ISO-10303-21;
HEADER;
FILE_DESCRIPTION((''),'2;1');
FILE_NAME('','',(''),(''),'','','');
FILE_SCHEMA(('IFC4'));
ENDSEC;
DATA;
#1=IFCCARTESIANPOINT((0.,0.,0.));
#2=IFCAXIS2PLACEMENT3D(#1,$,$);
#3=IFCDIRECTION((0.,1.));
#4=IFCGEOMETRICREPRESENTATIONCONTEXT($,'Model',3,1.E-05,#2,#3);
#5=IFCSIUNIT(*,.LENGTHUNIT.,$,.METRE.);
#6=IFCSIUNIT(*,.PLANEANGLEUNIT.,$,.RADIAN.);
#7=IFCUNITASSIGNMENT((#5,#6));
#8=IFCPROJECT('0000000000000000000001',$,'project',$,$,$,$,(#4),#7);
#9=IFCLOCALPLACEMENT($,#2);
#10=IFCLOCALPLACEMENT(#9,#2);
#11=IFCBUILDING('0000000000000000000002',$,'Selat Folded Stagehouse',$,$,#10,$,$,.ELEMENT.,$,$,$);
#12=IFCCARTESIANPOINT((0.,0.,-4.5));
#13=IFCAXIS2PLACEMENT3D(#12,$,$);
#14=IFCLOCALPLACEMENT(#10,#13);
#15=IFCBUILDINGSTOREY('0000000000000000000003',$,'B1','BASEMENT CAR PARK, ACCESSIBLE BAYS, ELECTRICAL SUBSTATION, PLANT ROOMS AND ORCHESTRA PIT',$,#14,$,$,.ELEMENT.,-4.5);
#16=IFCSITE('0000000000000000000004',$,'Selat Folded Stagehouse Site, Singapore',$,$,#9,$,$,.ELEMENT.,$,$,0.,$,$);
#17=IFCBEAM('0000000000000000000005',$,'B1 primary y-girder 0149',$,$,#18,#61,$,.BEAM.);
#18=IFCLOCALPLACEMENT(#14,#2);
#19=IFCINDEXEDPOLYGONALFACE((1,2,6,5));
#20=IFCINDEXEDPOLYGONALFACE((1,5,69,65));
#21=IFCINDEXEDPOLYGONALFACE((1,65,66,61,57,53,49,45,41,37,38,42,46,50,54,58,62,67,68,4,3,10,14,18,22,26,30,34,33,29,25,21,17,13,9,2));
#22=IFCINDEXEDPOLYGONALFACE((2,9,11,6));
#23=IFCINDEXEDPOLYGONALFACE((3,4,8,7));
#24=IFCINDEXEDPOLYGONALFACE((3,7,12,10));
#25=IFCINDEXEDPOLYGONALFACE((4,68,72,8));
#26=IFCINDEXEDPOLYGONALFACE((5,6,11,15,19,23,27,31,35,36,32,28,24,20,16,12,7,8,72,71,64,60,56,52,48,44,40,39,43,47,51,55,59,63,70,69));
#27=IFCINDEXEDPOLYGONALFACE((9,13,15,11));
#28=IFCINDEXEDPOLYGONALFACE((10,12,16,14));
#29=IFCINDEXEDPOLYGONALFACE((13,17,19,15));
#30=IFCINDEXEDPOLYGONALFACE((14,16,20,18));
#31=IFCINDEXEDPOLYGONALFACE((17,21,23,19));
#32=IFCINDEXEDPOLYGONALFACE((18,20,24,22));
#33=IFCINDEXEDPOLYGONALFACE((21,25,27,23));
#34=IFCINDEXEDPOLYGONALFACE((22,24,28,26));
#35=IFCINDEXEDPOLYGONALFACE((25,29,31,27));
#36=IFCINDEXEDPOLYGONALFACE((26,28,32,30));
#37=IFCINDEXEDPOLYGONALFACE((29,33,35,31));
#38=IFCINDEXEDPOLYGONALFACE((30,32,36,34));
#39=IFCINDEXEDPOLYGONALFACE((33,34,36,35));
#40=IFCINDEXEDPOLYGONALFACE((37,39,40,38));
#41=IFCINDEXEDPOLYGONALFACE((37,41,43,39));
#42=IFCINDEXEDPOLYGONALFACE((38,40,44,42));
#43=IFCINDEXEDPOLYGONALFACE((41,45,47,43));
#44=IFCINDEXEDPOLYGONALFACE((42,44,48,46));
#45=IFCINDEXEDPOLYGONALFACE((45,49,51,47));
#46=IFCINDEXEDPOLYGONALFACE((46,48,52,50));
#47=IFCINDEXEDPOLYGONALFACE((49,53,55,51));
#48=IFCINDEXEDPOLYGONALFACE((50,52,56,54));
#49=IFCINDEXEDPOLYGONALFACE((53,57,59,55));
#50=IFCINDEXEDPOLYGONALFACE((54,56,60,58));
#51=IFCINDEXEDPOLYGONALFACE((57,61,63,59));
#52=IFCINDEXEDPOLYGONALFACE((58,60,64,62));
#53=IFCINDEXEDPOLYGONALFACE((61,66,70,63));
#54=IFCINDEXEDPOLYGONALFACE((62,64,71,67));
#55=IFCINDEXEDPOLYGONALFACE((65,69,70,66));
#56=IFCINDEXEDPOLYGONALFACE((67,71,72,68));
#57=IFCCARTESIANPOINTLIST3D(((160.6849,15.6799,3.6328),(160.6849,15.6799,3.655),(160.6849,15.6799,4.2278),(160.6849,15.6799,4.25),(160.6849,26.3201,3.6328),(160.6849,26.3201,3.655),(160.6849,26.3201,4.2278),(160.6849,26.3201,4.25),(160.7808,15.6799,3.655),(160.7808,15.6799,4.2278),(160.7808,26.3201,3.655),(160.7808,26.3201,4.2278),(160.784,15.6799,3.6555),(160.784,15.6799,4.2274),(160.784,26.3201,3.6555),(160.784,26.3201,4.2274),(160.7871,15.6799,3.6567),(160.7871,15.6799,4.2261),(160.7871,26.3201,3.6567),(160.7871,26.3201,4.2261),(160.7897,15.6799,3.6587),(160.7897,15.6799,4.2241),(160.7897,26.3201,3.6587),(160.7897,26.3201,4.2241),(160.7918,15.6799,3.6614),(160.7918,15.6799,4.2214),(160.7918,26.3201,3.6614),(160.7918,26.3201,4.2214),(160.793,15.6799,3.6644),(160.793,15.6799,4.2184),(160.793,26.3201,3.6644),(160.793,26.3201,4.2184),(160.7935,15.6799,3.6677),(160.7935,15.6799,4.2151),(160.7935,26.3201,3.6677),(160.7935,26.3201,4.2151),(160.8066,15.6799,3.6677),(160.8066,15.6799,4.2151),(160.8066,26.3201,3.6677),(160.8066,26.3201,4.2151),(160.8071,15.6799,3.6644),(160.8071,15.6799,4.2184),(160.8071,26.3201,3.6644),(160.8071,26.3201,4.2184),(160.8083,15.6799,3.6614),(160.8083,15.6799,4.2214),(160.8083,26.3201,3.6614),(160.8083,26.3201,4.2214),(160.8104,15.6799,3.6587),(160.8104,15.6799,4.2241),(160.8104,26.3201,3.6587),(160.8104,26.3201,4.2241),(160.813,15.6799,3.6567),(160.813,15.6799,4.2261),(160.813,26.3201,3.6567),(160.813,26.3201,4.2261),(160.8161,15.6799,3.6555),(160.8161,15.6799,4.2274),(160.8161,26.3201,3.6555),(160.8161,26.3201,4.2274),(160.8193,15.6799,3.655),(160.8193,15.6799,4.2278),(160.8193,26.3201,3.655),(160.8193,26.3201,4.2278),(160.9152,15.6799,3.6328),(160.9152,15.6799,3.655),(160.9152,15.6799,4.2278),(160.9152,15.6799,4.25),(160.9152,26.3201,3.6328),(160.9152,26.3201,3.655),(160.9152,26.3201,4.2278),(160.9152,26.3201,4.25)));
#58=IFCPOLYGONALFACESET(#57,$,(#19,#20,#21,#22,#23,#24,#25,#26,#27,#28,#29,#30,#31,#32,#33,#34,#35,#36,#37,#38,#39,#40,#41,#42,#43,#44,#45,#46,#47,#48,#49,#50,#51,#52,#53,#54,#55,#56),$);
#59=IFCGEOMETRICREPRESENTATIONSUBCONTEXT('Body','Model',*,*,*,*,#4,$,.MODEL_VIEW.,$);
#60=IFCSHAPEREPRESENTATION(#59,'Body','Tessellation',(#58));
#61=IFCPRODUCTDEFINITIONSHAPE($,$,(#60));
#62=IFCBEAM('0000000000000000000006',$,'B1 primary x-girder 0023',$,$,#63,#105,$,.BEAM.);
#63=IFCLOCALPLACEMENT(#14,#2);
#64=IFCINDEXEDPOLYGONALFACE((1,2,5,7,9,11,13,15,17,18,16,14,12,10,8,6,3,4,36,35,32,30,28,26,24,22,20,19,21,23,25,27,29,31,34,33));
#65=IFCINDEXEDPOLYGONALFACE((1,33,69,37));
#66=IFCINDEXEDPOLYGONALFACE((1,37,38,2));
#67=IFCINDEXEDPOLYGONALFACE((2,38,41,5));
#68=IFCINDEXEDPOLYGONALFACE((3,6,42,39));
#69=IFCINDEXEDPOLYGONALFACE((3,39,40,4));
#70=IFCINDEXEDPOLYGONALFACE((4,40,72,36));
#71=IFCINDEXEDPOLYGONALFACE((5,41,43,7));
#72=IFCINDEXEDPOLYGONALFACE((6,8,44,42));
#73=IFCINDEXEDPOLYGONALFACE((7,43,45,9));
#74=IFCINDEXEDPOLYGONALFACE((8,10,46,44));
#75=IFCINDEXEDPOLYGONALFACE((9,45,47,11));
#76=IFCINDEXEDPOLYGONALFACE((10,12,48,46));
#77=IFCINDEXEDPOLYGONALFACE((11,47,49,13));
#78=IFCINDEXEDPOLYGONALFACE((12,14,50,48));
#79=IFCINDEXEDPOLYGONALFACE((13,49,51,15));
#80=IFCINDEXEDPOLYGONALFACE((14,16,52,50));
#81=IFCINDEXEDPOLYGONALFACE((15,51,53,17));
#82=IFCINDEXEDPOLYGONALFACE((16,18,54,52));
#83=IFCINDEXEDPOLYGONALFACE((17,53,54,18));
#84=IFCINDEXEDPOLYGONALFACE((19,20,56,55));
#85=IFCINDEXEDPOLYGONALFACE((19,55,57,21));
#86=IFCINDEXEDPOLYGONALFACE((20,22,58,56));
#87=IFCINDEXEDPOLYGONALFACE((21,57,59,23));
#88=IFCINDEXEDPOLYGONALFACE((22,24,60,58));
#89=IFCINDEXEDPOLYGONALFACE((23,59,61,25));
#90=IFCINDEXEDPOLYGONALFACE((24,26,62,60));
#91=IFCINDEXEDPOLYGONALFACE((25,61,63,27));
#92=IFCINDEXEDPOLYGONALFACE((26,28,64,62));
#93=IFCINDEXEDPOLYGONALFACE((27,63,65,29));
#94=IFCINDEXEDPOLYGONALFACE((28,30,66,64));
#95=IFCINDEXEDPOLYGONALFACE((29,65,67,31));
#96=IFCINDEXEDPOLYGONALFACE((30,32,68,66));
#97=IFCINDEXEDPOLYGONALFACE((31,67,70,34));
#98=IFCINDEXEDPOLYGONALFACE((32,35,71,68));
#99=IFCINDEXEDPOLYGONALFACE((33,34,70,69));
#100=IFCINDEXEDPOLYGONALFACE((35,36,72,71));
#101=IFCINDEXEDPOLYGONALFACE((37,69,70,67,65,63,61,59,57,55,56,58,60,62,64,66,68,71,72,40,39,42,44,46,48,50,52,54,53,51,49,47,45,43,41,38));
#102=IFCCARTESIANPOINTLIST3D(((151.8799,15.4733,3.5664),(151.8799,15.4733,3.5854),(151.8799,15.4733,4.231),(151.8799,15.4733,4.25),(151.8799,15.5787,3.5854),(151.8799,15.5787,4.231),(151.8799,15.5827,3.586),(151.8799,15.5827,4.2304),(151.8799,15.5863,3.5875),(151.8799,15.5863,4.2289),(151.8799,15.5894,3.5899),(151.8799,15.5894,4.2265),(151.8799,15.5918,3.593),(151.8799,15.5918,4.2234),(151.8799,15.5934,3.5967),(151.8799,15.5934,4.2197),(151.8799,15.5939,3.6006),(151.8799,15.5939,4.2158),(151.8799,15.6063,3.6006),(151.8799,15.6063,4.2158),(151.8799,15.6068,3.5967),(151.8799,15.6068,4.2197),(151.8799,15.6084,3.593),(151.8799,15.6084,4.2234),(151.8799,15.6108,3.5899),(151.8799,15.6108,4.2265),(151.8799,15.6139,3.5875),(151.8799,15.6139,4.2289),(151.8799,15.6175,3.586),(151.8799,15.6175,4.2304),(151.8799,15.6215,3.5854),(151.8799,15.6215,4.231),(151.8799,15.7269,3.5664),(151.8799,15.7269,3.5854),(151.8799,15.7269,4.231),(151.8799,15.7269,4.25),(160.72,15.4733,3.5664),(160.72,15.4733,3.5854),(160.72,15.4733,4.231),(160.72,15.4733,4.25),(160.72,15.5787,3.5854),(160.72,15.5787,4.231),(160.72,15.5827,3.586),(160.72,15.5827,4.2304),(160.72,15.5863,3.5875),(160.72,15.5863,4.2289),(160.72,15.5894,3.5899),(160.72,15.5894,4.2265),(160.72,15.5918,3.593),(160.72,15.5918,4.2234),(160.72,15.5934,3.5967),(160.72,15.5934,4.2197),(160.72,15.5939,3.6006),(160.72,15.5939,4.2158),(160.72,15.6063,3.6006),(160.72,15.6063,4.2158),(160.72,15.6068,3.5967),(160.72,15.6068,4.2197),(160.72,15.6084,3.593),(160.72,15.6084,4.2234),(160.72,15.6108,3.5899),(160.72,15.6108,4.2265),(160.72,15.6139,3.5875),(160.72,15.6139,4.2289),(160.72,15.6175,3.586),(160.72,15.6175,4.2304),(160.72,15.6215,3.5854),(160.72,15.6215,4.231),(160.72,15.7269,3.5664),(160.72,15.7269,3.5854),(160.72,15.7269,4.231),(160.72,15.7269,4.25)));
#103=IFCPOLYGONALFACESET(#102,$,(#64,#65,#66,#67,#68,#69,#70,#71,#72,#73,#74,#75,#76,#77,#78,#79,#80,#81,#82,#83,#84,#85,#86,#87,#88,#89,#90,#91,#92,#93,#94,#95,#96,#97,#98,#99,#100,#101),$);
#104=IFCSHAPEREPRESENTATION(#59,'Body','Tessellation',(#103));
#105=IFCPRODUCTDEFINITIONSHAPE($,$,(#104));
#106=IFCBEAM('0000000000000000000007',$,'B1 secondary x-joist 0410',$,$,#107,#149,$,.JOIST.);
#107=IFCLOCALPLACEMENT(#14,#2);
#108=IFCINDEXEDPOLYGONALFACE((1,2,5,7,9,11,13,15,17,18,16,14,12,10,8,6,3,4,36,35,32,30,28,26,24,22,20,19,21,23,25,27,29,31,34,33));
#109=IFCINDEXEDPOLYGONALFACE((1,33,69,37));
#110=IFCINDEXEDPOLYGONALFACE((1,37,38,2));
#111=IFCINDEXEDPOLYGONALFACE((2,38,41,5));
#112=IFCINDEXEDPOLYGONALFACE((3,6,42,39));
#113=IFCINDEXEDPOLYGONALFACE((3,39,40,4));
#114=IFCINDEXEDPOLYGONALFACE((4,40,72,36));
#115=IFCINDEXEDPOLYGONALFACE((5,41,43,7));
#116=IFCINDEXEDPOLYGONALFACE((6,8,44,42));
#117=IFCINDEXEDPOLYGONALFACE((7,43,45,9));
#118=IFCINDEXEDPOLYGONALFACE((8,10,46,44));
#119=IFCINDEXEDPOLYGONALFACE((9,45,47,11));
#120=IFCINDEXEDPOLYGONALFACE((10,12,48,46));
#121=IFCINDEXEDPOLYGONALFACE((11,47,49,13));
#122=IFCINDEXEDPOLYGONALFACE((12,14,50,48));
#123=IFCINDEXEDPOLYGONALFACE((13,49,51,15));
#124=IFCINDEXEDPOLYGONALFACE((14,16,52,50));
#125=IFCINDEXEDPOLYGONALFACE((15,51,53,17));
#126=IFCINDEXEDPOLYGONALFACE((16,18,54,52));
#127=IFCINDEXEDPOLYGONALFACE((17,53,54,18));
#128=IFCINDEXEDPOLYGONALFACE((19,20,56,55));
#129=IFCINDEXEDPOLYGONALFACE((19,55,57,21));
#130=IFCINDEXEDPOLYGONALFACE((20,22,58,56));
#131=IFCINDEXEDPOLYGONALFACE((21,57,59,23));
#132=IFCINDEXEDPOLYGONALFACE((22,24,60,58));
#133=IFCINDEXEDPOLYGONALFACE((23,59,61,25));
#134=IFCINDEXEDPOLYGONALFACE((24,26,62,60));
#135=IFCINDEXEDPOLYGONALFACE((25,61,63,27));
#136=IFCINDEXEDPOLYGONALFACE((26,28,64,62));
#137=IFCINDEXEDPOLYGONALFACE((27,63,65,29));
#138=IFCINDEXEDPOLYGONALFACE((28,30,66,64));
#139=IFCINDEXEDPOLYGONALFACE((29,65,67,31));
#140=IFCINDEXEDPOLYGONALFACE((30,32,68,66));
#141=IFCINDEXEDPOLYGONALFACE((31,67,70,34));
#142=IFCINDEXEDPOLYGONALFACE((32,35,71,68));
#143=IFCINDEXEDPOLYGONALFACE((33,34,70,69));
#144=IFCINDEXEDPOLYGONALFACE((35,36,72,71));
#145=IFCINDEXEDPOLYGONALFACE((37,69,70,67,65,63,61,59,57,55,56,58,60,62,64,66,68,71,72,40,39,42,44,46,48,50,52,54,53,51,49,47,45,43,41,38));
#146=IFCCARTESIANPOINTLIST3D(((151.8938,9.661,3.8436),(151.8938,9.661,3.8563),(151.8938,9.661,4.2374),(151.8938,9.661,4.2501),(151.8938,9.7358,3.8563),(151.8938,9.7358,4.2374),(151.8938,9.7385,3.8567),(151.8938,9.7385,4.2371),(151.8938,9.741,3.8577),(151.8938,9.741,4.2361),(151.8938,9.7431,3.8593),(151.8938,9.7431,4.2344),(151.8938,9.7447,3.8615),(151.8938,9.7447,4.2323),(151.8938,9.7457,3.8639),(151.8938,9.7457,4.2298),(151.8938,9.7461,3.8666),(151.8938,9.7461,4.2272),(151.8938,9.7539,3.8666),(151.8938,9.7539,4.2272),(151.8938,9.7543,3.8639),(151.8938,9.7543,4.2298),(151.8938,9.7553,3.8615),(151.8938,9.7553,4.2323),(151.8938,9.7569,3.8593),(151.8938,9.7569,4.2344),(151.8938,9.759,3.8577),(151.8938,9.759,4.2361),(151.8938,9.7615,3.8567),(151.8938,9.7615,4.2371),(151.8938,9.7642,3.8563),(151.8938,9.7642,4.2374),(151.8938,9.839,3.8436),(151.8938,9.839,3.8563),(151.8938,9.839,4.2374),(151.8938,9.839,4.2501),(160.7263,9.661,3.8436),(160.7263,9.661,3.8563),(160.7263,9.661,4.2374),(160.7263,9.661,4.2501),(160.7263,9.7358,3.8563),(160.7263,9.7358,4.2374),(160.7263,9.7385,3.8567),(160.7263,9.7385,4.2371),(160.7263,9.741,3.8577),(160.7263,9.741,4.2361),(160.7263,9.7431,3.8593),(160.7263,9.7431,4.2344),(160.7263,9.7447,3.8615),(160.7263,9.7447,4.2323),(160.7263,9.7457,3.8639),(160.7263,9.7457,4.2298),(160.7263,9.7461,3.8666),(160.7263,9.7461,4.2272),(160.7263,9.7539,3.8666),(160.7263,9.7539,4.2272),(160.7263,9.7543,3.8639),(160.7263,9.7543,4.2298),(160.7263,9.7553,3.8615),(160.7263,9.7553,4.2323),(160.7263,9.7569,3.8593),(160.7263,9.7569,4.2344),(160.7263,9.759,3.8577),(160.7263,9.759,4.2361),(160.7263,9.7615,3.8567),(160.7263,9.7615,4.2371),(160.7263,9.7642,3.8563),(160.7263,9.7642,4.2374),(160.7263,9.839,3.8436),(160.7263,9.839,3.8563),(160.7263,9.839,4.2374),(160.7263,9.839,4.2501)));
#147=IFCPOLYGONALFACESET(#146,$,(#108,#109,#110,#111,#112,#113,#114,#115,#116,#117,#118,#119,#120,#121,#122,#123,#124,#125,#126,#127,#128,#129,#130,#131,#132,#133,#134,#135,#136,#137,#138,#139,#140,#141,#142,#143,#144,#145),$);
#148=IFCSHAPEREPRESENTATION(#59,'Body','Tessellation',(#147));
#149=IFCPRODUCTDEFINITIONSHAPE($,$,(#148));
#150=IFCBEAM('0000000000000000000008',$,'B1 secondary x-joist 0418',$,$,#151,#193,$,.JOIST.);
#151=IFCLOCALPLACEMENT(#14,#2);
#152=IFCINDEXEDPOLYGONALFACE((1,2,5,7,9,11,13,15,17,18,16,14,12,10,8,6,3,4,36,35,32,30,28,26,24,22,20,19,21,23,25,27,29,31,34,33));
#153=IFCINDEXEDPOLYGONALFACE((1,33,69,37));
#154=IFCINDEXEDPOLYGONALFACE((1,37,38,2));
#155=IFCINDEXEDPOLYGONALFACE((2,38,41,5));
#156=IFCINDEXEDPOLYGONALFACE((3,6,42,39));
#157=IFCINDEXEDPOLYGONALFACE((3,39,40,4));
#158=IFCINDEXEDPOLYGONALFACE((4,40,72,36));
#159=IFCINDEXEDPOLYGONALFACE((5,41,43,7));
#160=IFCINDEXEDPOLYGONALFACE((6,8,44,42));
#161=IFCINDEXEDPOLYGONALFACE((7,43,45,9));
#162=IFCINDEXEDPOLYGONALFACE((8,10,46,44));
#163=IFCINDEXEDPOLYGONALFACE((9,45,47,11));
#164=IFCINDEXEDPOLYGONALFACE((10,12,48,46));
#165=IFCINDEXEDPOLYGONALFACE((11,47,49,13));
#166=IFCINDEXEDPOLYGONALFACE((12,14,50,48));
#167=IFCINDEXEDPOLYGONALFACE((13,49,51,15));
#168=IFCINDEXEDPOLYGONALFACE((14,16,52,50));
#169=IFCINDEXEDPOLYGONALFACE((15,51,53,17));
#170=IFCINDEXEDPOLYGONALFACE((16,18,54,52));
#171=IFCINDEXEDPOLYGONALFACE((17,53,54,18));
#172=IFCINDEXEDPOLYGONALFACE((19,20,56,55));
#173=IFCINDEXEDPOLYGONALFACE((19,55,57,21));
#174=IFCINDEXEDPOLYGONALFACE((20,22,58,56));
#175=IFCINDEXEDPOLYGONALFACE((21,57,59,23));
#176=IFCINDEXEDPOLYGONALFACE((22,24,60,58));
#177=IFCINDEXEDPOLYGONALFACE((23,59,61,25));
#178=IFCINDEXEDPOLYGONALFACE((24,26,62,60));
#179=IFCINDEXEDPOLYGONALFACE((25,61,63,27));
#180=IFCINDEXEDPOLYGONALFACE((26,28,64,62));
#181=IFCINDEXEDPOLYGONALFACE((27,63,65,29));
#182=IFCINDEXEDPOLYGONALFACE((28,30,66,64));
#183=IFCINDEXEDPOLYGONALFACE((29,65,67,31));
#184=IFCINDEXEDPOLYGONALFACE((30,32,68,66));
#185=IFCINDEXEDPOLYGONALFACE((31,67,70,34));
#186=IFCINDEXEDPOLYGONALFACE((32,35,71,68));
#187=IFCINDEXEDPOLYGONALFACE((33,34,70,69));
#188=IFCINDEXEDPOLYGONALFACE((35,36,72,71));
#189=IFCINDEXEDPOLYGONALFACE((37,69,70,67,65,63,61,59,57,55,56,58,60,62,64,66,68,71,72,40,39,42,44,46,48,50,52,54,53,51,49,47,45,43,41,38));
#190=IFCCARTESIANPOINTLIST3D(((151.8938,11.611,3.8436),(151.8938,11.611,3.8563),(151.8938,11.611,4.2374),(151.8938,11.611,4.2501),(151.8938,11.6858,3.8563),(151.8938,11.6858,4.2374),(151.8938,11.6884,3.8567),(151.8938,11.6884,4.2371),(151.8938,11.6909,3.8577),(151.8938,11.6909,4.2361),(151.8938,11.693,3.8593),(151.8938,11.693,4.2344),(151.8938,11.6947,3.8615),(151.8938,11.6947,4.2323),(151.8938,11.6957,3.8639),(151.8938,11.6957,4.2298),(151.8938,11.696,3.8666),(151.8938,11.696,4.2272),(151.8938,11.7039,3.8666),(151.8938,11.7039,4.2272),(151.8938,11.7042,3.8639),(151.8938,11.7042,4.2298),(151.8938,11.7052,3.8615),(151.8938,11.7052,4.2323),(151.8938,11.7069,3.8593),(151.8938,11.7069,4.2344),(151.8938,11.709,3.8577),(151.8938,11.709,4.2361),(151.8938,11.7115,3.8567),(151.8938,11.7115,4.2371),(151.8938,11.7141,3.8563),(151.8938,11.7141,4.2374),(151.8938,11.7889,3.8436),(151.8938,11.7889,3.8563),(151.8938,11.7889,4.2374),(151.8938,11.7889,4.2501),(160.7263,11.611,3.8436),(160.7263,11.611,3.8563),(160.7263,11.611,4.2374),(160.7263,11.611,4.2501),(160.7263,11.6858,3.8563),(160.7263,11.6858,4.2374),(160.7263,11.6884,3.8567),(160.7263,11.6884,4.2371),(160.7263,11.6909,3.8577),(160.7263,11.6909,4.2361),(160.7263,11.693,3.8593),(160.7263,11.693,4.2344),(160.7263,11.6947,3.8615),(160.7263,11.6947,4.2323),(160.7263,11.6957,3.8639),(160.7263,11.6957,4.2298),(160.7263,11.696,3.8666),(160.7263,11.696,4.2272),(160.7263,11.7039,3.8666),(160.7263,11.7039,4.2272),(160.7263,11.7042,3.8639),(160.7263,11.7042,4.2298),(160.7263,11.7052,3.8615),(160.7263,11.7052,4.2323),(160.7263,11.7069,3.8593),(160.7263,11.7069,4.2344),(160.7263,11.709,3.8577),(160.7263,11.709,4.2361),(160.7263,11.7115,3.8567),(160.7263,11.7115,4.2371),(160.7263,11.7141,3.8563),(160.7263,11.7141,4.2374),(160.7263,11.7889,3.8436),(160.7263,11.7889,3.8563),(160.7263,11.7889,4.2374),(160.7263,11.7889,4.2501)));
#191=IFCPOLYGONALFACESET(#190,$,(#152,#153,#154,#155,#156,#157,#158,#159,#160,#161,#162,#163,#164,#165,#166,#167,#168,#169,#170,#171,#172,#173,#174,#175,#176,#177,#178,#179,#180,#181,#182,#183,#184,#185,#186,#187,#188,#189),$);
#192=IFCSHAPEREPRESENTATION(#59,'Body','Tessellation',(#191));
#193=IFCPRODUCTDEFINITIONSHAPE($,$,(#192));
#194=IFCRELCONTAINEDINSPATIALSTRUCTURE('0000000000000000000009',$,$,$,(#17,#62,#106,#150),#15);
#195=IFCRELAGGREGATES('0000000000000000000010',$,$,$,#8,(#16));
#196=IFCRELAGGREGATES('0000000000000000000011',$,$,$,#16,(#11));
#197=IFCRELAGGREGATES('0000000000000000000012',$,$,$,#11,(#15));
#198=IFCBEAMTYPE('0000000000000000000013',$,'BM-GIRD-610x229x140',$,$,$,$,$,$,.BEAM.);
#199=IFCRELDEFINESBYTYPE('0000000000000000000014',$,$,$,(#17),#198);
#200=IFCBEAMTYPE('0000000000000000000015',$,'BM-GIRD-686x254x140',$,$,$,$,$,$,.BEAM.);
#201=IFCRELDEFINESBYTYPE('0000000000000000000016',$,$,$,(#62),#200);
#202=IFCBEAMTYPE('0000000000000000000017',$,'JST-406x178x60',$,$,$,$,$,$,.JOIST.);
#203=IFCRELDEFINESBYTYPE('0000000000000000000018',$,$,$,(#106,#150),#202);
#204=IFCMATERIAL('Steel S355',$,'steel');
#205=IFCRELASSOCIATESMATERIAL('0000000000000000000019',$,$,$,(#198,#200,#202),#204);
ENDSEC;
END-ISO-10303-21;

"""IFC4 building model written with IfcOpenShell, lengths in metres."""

from ifc_helpers import new_model, si_unit, direction, frame, origin, origin_2d, place, context, subcontext, project, spatial, i_section, extrude, material, material_profile, profile_set, type_object, element, save


model = new_model("IFC4")

# Units and contexts
model_context = context("Model", 3, precision=1e-05, world=origin(), true_north=direction((0.0, 1.0)))
body_context = subcontext(model_context, "Body", "Model", "MODEL_VIEW")
ifc_project = project(units=[si_unit("LENGTHUNIT", "METRE"), si_unit("PLANEANGLEUNIT", "RADIAN")], contexts=[model_context])

# Site, building, storey
site_placement = place(None, origin())
site = spatial("IfcSite", under=ifc_project, at=site_placement, Name="Selat Folded Stagehouse Site, Singapore", CompositionType="ELEMENT", RefElevation=0.0)
building_placement = place(site_placement, origin())
building = spatial("IfcBuilding", under=site, at=building_placement, Name="Selat Folded Stagehouse", CompositionType="ELEMENT")
storey_placement = place(building_placement, frame((0.0, 0.0, -4.5)))
storey = spatial("IfcBuildingStorey", under=building, at=storey_placement, Name="B1", Description="BASEMENT CAR PARK, ACCESSIBLE BAYS, ELECTRICAL SUBSTATION, PLANT ROOMS AND ORCHESTRA PIT", CompositionType="ELEMENT", Elevation=-4.5)

# Shared definitions
ifc_material_1 = material(Name="Steel S355", Category="steel")

# Beams
ifc_material_profile_1 = material_profile(ifc_material_1, i_section(OverallWidth=0.2302, OverallDepth=0.6172, WebThickness=0.0132, FlangeThickness=0.0222, FilletRadius=0.0127, at=origin_2d()), Name="UKB 610x229x140")
ifc_profile_set_1 = profile_set([ifc_material_profile_1], Name="Steel S355")
beam_type_1 = type_object("IfcBeamType", Name="BM-GIRD-610x229x140", PredefinedType="BEAM", material=ifc_profile_set_1)
for number, where, z_axis, x_axis, name in (
    (1, (160.8, 15.6799, 3.9414), (0.0, 1.0, 0.0), (-1.0, 0.0, 0.0), "B1 primary y-girder 0149"),
):
    element("IfcBeam", number, at=place(storey_placement, frame(where, z_axis=z_axis, x_axis=x_axis)), inside=storey, type_object=beam_type_1, Name=name, PredefinedType="BEAM", context=body_context, shape_type="SweptSolid", body=[
        extrude(i_section(OverallWidth=0.2302, OverallDepth=0.6172, WebThickness=0.0132, FlangeThickness=0.0222, FilletRadius=0.0127, at=origin_2d()), origin(), (0.0, 0.0, 1.0), 10.6401),
    ])
ifc_material_profile_2 = material_profile(ifc_material_1, i_section(OverallWidth=0.2537, OverallDepth=0.6836, WebThickness=0.0125, FlangeThickness=0.019, FilletRadius=0.0151, at=origin_2d()), Name="UKB 686x254x140")
ifc_profile_set_2 = profile_set([ifc_material_profile_2], Name="Steel S355")
beam_type_2 = type_object("IfcBeamType", Name="BM-GIRD-686x254x140", PredefinedType="BEAM", material=ifc_profile_set_2)
beam_1_placement = place(storey_placement, frame((151.8799, 15.6001, 3.9082), z_axis=(1.0, 0.0, 0.0), x_axis=(0.0, 1.0, 0.0)))
element("IfcBeam", 2, at=beam_1_placement, inside=storey, type_object=beam_type_2, Name="B1 primary x-girder 0023", PredefinedType="BEAM", context=body_context, shape_type="SweptSolid", body=[
    extrude(i_section(OverallWidth=0.2537, OverallDepth=0.6836, WebThickness=0.0125, FlangeThickness=0.019, FilletRadius=0.0151, at=origin_2d()), origin(), (0.0, 0.0, 1.0), 8.8401),
])
ifc_material_profile_3 = material_profile(ifc_material_1, i_section(OverallWidth=0.178, OverallDepth=0.4065, WebThickness=0.0078, FlangeThickness=0.0127, FilletRadius=0.0103, at=origin_2d()), Name="UKB 406x178x60")
ifc_profile_set_3 = profile_set([ifc_material_profile_3], Name="Steel S355")
beam_type_3 = type_object("IfcBeamType", Name="JST-406x178x60", PredefinedType="JOIST", material=ifc_profile_set_3)
for number, where, z_axis, x_axis, name in (
    (3, (151.8938, 9.75, 4.0469), (1.0, 0.0, 0.0), (0.0, 1.0, 0.0), "B1 secondary x-joist 0410"),
    (4, (151.8938, 11.7, 4.0469), (1.0, 0.0, 0.0), (0.0, 1.0, 0.0), "B1 secondary x-joist 0418"),
):
    element("IfcBeam", number, at=place(storey_placement, frame(where, z_axis=z_axis, x_axis=x_axis)), inside=storey, type_object=beam_type_3, Name=name, PredefinedType="JOIST", context=body_context, shape_type="SweptSolid", body=[
        extrude(i_section(OverallWidth=0.178, OverallDepth=0.4065, WebThickness=0.0078, FlangeThickness=0.0127, FilletRadius=0.0103, at=origin_2d()), origin(), (0.0, 0.0, 1.0), 8.8325),
    ])

save(model, "model.ifc")
